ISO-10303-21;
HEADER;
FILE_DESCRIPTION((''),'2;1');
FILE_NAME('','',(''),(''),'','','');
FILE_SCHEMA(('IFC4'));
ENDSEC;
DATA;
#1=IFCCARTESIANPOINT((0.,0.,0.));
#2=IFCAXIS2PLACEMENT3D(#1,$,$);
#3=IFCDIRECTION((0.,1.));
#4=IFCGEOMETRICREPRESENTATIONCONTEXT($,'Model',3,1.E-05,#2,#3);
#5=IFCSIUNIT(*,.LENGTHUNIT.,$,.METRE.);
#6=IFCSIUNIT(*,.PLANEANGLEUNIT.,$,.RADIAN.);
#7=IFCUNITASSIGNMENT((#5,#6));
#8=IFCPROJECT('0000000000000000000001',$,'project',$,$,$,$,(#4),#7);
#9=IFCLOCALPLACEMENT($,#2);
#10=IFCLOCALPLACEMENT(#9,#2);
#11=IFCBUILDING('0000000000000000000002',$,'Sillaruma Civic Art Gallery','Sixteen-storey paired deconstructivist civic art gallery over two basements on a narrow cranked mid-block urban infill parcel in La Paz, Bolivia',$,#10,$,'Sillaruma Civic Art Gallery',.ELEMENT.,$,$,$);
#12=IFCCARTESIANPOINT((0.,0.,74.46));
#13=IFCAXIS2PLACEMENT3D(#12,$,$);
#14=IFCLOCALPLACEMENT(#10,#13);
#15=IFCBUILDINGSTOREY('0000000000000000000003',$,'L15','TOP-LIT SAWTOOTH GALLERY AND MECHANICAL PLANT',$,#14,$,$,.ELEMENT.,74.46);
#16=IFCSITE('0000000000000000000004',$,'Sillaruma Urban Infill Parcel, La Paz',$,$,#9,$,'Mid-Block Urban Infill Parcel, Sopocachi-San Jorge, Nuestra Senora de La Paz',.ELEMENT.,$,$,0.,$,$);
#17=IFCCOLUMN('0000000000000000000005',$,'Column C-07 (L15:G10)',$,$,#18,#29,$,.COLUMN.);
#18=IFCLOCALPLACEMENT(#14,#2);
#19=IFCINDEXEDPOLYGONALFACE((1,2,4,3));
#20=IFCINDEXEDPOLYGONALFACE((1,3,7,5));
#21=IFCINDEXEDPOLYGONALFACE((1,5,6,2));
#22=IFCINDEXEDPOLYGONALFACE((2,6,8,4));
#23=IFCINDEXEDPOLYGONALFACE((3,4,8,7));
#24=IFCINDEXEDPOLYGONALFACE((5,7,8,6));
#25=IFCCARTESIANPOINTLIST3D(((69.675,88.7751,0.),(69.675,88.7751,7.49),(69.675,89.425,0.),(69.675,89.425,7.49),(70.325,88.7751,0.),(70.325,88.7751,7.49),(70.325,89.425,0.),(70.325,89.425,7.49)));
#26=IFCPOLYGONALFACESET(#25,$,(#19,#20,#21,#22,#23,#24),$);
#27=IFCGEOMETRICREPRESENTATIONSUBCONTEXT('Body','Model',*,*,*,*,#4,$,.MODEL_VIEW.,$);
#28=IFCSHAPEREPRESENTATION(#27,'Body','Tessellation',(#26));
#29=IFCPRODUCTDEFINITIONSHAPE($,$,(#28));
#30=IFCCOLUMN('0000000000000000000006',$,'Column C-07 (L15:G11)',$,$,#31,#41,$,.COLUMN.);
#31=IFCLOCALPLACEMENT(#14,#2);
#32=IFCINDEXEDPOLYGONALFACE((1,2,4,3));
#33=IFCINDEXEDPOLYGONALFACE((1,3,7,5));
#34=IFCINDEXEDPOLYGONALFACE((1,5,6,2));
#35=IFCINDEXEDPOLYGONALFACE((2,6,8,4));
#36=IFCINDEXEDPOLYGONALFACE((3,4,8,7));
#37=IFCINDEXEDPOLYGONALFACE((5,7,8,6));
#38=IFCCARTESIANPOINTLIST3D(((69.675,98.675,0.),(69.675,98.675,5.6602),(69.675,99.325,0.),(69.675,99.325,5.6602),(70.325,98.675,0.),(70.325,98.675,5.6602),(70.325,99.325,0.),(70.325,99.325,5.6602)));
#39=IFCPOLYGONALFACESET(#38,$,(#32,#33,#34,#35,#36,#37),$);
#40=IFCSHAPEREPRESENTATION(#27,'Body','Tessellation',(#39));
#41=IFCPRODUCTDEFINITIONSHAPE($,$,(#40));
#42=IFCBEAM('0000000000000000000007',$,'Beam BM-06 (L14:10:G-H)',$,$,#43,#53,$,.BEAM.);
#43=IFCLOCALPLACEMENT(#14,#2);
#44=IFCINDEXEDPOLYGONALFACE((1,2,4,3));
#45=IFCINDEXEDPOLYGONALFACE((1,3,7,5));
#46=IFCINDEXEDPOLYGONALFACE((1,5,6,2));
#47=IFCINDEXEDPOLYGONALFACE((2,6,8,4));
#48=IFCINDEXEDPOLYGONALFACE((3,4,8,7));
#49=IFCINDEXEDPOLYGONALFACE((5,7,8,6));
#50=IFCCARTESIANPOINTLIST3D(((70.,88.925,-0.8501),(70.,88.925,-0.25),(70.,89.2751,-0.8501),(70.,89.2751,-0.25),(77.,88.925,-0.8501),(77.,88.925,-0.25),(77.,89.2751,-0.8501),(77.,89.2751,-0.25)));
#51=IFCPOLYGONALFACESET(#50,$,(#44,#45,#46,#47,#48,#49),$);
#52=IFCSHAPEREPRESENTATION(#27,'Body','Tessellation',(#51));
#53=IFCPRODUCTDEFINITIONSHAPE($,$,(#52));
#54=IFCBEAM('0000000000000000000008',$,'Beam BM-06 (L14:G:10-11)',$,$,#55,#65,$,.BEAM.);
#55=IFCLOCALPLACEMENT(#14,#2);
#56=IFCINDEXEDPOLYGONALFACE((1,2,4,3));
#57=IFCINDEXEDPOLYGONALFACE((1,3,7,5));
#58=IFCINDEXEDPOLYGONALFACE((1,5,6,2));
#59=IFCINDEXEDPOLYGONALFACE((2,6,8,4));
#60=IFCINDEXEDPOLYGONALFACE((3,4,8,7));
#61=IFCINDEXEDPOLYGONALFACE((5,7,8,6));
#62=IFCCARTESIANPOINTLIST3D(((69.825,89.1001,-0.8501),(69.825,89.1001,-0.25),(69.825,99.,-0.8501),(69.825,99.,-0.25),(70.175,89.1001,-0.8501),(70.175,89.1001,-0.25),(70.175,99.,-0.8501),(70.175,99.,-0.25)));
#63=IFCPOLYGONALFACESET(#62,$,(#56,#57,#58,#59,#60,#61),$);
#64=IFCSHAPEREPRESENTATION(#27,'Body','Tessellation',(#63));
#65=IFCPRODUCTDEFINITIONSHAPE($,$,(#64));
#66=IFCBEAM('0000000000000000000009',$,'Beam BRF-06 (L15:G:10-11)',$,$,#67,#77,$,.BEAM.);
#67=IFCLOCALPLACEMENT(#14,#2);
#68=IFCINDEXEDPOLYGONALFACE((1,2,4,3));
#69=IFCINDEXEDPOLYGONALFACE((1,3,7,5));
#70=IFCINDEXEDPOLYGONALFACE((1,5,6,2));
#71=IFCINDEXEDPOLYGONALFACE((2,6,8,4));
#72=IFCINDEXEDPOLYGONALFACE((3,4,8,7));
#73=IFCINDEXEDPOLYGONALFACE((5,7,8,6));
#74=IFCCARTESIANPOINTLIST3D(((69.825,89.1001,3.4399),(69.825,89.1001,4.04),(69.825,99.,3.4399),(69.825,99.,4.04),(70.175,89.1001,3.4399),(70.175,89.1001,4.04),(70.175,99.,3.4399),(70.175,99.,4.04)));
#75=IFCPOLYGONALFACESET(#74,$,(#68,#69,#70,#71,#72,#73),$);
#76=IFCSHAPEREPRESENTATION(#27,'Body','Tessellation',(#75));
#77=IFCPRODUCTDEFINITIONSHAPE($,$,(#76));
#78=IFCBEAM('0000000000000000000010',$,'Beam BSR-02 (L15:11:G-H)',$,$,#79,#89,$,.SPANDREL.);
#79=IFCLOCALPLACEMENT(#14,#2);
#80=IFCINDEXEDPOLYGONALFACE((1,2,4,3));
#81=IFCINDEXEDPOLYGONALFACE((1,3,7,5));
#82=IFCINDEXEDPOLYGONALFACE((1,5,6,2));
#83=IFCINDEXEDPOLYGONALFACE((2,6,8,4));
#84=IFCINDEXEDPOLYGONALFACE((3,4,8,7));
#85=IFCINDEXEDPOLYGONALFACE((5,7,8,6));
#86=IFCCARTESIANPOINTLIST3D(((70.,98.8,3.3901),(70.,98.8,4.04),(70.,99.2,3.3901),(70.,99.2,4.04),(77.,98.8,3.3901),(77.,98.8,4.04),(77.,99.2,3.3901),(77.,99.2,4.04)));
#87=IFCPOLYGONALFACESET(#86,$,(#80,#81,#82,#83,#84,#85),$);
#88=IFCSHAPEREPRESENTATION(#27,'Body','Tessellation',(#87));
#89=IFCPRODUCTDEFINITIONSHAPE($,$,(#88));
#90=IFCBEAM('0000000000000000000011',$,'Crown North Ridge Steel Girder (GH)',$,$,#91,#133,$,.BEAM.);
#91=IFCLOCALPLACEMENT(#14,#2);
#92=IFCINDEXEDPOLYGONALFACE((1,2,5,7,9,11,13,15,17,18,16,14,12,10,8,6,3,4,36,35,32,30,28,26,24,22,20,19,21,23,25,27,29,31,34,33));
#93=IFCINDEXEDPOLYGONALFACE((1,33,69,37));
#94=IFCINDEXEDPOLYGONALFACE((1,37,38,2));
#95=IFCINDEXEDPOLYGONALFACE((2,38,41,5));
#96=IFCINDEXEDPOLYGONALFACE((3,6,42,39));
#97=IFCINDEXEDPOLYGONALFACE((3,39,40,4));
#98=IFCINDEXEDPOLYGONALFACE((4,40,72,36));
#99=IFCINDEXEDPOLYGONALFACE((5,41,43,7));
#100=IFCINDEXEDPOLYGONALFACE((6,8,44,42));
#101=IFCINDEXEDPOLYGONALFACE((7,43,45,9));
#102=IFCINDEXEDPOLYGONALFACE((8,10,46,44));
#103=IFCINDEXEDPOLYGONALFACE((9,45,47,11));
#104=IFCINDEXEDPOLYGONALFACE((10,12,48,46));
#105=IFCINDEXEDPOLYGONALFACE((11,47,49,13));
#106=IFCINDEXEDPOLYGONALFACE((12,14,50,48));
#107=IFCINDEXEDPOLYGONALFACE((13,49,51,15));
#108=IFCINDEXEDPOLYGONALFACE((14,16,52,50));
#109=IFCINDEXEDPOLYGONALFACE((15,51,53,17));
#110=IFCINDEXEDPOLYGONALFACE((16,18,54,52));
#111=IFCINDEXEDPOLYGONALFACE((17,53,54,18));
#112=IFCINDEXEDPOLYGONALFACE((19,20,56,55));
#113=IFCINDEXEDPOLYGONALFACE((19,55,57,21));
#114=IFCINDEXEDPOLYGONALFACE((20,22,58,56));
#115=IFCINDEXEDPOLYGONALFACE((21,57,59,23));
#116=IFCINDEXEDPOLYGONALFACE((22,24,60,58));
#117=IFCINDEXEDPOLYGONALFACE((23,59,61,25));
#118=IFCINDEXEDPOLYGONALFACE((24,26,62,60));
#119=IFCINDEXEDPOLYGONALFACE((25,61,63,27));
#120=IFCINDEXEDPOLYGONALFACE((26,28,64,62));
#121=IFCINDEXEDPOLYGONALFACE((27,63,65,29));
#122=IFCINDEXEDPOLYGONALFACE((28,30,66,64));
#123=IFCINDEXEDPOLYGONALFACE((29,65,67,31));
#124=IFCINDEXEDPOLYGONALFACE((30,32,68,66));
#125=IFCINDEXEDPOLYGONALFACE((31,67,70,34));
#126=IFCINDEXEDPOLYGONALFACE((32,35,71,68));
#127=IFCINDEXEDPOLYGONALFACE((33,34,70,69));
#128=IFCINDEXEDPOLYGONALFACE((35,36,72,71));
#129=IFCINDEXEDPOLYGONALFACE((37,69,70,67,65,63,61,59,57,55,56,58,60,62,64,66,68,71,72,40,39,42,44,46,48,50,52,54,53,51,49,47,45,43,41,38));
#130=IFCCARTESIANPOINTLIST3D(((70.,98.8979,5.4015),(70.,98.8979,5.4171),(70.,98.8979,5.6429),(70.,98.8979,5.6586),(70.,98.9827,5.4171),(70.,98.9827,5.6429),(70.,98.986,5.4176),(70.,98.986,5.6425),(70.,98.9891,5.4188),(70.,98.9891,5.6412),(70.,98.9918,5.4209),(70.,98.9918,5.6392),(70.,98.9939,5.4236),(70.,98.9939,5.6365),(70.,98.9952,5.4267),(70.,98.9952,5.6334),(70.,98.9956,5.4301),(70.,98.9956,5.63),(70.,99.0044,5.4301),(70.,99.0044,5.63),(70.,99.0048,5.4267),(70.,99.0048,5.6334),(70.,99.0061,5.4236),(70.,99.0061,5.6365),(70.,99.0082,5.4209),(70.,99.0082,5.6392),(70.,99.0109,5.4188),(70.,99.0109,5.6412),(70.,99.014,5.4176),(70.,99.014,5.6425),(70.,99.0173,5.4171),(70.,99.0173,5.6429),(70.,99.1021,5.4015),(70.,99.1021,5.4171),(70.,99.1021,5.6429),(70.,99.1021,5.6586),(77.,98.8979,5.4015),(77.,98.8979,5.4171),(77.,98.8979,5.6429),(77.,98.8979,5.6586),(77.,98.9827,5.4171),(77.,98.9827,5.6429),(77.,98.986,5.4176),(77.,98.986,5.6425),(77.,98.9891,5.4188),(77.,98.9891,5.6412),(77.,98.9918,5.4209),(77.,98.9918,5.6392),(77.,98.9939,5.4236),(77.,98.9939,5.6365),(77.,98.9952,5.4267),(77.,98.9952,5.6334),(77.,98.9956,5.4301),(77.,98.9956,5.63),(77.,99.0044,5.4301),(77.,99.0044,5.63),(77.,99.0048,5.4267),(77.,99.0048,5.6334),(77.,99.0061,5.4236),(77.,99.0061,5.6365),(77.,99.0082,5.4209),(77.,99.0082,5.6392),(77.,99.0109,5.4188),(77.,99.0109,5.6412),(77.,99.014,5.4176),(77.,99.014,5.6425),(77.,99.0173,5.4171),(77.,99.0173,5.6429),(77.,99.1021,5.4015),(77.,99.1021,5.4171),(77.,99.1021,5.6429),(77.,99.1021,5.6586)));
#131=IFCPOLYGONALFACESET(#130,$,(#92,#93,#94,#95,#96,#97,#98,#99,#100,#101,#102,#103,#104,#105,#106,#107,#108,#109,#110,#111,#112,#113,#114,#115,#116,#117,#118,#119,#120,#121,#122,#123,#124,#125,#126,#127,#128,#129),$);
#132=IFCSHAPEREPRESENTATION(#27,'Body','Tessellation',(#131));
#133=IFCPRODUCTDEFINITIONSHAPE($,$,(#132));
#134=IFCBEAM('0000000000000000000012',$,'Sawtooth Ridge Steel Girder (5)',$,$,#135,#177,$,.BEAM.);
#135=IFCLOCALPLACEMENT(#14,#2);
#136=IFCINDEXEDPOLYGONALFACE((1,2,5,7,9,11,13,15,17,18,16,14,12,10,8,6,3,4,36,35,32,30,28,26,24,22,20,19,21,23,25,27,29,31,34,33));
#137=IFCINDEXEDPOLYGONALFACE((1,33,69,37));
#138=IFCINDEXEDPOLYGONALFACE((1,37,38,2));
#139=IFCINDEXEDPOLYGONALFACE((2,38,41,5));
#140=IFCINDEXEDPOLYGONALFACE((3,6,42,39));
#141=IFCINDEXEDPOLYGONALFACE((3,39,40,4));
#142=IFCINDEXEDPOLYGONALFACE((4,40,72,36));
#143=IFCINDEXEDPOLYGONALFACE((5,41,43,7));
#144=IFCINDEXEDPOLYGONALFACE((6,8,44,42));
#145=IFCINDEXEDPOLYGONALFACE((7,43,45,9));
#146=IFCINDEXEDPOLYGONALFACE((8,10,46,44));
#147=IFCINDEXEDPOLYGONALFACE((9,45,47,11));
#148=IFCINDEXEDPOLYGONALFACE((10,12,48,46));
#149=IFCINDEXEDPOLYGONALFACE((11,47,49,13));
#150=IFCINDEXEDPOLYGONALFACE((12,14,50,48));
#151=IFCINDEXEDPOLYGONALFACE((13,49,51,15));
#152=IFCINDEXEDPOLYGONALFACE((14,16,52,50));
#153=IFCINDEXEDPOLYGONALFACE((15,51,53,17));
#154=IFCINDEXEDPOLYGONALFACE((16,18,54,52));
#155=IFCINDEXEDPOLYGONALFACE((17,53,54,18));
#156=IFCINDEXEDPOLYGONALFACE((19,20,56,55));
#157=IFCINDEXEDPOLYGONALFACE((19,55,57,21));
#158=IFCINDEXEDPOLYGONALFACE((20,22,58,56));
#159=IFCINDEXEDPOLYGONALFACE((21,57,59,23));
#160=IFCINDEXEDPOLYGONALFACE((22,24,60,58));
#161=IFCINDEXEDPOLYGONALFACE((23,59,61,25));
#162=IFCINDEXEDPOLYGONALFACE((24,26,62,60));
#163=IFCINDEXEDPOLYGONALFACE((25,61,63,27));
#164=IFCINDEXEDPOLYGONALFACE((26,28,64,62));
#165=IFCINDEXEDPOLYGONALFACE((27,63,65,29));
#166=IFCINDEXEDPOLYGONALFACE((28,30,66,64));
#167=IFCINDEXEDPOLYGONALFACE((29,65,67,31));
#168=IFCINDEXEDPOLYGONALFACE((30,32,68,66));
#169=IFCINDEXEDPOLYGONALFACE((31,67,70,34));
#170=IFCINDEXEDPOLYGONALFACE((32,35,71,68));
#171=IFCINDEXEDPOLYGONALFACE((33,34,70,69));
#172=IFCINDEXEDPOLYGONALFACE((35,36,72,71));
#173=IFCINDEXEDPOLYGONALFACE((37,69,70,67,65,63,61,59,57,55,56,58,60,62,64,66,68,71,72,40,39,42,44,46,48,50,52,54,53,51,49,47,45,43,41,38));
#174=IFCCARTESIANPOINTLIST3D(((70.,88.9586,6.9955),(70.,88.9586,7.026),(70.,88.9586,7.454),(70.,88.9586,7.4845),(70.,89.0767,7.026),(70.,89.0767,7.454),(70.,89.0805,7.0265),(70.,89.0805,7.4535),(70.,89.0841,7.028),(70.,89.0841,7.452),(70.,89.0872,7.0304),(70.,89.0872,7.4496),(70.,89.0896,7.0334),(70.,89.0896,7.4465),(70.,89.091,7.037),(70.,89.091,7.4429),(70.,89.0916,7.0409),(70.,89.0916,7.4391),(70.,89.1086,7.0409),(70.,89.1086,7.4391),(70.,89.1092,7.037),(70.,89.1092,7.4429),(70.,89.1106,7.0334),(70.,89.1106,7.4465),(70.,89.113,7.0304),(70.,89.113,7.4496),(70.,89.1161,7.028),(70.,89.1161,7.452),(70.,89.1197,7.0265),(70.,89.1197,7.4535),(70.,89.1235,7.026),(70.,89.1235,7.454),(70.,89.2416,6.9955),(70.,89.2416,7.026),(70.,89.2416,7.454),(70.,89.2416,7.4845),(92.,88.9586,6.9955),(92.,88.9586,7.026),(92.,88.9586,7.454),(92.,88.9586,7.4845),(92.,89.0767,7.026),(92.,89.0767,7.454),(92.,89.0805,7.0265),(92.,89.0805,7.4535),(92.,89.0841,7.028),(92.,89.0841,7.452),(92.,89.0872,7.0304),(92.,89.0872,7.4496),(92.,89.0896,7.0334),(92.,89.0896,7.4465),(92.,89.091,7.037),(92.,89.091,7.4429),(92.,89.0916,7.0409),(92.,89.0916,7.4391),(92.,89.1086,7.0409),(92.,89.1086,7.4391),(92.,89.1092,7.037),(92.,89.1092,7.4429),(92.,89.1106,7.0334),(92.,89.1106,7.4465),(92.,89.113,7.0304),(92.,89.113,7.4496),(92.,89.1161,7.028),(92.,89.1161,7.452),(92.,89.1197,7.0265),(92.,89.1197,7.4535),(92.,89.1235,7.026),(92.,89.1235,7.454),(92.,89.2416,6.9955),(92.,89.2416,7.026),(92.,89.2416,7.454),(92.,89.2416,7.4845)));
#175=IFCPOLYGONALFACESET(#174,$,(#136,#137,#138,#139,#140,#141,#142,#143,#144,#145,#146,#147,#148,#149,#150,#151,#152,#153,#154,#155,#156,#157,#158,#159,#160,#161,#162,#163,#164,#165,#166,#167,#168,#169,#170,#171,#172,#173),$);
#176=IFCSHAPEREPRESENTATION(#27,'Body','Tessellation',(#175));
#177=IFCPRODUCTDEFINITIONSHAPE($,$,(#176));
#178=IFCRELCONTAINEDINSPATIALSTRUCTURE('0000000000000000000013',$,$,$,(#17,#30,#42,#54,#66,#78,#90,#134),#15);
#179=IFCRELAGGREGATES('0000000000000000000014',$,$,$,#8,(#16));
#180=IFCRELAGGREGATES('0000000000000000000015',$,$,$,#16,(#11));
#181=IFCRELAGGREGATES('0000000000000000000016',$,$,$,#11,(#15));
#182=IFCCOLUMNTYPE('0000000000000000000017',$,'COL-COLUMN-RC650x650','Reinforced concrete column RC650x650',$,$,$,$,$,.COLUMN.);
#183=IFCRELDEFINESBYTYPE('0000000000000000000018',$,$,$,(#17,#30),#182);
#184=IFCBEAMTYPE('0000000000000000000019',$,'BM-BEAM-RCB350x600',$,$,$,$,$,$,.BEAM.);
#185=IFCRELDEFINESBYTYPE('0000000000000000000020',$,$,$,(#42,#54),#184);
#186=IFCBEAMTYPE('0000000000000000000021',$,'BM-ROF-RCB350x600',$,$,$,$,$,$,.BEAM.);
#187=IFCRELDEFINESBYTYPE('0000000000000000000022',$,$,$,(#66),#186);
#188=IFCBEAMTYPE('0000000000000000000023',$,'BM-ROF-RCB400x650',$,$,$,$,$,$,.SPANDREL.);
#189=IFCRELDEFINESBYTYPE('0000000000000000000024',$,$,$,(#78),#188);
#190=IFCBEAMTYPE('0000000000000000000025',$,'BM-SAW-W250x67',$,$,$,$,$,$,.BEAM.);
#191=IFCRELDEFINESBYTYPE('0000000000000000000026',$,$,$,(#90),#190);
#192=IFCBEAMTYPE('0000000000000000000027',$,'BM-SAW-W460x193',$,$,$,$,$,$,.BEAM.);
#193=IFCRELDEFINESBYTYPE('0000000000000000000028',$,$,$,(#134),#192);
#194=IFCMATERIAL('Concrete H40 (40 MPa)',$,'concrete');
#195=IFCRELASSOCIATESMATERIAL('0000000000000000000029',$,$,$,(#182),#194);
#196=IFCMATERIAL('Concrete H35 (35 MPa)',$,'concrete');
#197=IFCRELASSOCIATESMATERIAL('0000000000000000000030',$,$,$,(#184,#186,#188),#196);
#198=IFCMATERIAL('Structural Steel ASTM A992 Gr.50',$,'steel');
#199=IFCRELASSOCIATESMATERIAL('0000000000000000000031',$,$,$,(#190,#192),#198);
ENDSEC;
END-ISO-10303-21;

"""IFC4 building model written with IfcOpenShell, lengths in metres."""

from ifc_helpers import new_model, si_unit, direction, frame, origin, origin_2d, place, context, subcontext, project, spatial, rectangle, i_section, extrude, material, material_profile, profile_set, type_object, element, save


model = new_model("IFC4")

# Units and contexts
model_context = context("Model", 3, precision=1e-05, world=origin(), true_north=direction((0.0, 1.0)))
body_context = subcontext(model_context, "Body", "Model", "MODEL_VIEW")
ifc_project = project(units=[si_unit("LENGTHUNIT", "METRE"), si_unit("PLANEANGLEUNIT", "RADIAN")], contexts=[model_context])

# Site, building, storey
site_placement = place(None, origin())
site = spatial("IfcSite", under=ifc_project, at=site_placement, Name="Sillaruma Urban Infill Parcel, La Paz", LongName="Mid-Block Urban Infill Parcel, Sopocachi-San Jorge, Nuestra Senora de La Paz", CompositionType="ELEMENT", RefElevation=0.0)
building_placement = place(site_placement, origin())
building = spatial("IfcBuilding", under=site, at=building_placement, Name="Sillaruma Civic Art Gallery", Description="Sixteen-storey paired deconstructivist civic art gallery over two basements on a narrow cranked mid-block urban infill parcel in La Paz, Bolivia", LongName="Sillaruma Civic Art Gallery", CompositionType="ELEMENT")
storey_placement = place(building_placement, frame((0.0, 0.0, 74.46)))
storey = spatial("IfcBuildingStorey", under=building, at=storey_placement, Name="L15", Description="TOP-LIT SAWTOOTH GALLERY AND MECHANICAL PLANT", CompositionType="ELEMENT", Elevation=74.46)

# Columns
ifc_material_1 = material(Name="Concrete H40 (40 MPa)", Category="concrete")
ifc_material_profile_1 = material_profile(ifc_material_1, rectangle(XDim=0.6499, YDim=0.6499, at=origin_2d()), Name="RC650x650")
ifc_profile_set_1 = profile_set([ifc_material_profile_1], Name="Concrete H40 (40 MPa)")
column_type = type_object("IfcColumnType", Name="COL-COLUMN-RC650x650", Description="Reinforced concrete column RC650x650", PredefinedType="COLUMN", material=ifc_profile_set_1)
column_1_placement = place(storey_placement, frame((70.0, 89.1001, 0.0), z_axis=(0.0, 0.0, 1.0), x_axis=(1.0, 0.0, 0.0)))
element("IfcColumn", 1, at=column_1_placement, inside=storey, type_object=column_type, Name="Column C-07 (L15:G10)", PredefinedType="COLUMN", context=body_context, shape_type="SweptSolid", body=[
    extrude(rectangle(XDim=0.6499, YDim=0.6499, at=origin_2d()), origin(), (0.0, 0.0, 1.0), 7.49),
])
column_2_placement = place(storey_placement, frame((70.0, 99.0, 0.0), z_axis=(0.0, 0.0, 1.0), x_axis=(1.0, 0.0, 0.0)))
element("IfcColumn", 2, at=column_2_placement, inside=storey, type_object=column_type, Name="Column C-07 (L15:G11)", PredefinedType="COLUMN", context=body_context, shape_type="SweptSolid", body=[
    extrude(rectangle(XDim=0.6499, YDim=0.6499, at=origin_2d()), origin(), (0.0, 0.0, 1.0), 5.6602),
])

# Beams
ifc_material_2 = material(Name="Concrete H35 (35 MPa)", Category="concrete")
ifc_material_profile_2 = material_profile(ifc_material_2, rectangle(XDim=0.3501, YDim=0.6001, at=origin_2d()), Name="RCB350x600")
ifc_profile_set_2 = profile_set([ifc_material_profile_2], Name="Concrete H35 (35 MPa)")
beam_type_1 = type_object("IfcBeamType", Name="BM-BEAM-RCB350x600", PredefinedType="BEAM", material=ifc_profile_set_2)
beam_1_placement = place(storey_placement, frame((70.0, 89.1001, -0.55), z_axis=(1.0, 0.0, 0.0), x_axis=(0.0, 1.0, 0.0)))
element("IfcBeam", 3, at=beam_1_placement, inside=storey, type_object=beam_type_1, Name="Beam BM-06 (L14:10:G-H)", PredefinedType="BEAM", context=body_context, shape_type="SweptSolid", body=[
    extrude(rectangle(XDim=0.3501, YDim=0.6001, at=origin_2d()), origin(), (0.0, 0.0, 1.0), 7.0),
])
beam_2_placement = place(storey_placement, frame((70.0, 89.1001, -0.55), z_axis=(0.0, 1.0, 0.0), x_axis=(-1.0, 0.0, 0.0)))
element("IfcBeam", 4, at=beam_2_placement, inside=storey, type_object=beam_type_1, Name="Beam BM-06 (L14:G:10-11)", PredefinedType="BEAM", context=body_context, shape_type="SweptSolid", body=[
    extrude(rectangle(XDim=0.3501, YDim=0.6001, at=origin_2d()), origin(), (0.0, 0.0, 1.0), 9.8999),
])
ifc_material_profile_3 = material_profile(ifc_material_2, rectangle(XDim=0.3501, YDim=0.6001, at=origin_2d()), Name="RCB350x600")
ifc_profile_set_3 = profile_set([ifc_material_profile_3], Name="Concrete H35 (35 MPa)")
beam_type_2 = type_object("IfcBeamType", Name="BM-ROF-RCB350x600", PredefinedType="BEAM", material=ifc_profile_set_3)
beam_3_placement = place(storey_placement, frame((70.0, 89.1001, 3.74), z_axis=(0.0, 1.0, 0.0), x_axis=(-1.0, 0.0, 0.0)))
element("IfcBeam", 5, at=beam_3_placement, inside=storey, type_object=beam_type_2, Name="Beam BRF-06 (L15:G:10-11)", PredefinedType="BEAM", context=body_context, shape_type="SweptSolid", body=[
    extrude(rectangle(XDim=0.3501, YDim=0.6001, at=origin_2d()), origin(), (0.0, 0.0, 1.0), 9.8999),
])
ifc_material_profile_4 = material_profile(ifc_material_2, rectangle(XDim=0.3999, YDim=0.6499, at=origin_2d()), Name="RCB400x650")
ifc_profile_set_4 = profile_set([ifc_material_profile_4], Name="Concrete H35 (35 MPa)")
beam_type_3 = type_object("IfcBeamType", Name="BM-ROF-RCB400x650", PredefinedType="SPANDREL", material=ifc_profile_set_4)
beam_4_placement = place(storey_placement, frame((70.0, 99.0, 3.7151), z_axis=(1.0, 0.0, 0.0), x_axis=(0.0, 1.0, 0.0)))
element("IfcBeam", 6, at=beam_4_placement, inside=storey, type_object=beam_type_3, Name="Beam BSR-02 (L15:11:G-H)", PredefinedType="SPANDREL", context=body_context, shape_type="SweptSolid", body=[
    extrude(rectangle(XDim=0.3999, YDim=0.6499, at=origin_2d()), origin(), (0.0, 0.0, 1.0), 7.0),
])
ifc_material_3 = material(Name="Structural Steel ASTM A992 Gr.50", Category="steel")
ifc_material_profile_5 = material_profile(ifc_material_3, i_section(OverallWidth=0.2041, OverallDepth=0.2571, WebThickness=0.0088, FlangeThickness=0.0156, FilletRadius=0.0129, at=origin_2d()), Name="W250x67")
ifc_profile_set_5 = profile_set([ifc_material_profile_5], Name="Structural Steel ASTM A992 Gr.50")
beam_type_4 = type_object("IfcBeamType", Name="BM-SAW-W250x67", PredefinedType="BEAM", material=ifc_profile_set_5)
beam_5_placement = place(storey_placement, frame((70.0, 99.0, 5.53), z_axis=(1.0, 0.0, 0.0), x_axis=(0.0, 1.0, 0.0)))
element("IfcBeam", 7, at=beam_5_placement, inside=storey, type_object=beam_type_4, Name="Crown North Ridge Steel Girder (GH)", PredefinedType="BEAM", context=body_context, shape_type="SweptSolid", body=[
    extrude(i_section(OverallWidth=0.2041, OverallDepth=0.2571, WebThickness=0.0088, FlangeThickness=0.0156, FilletRadius=0.0129, at=origin_2d()), origin(), (0.0, 0.0, 1.0), 7.0),
])
ifc_material_profile_6 = material_profile(ifc_material_3, i_section(OverallWidth=0.283, OverallDepth=0.489, WebThickness=0.0171, FlangeThickness=0.0305, FilletRadius=0.0149, at=origin_2d()), Name="W460x193")
ifc_profile_set_6 = profile_set([ifc_material_profile_6], Name="Structural Steel ASTM A992 Gr.50")
beam_type_5 = type_object("IfcBeamType", Name="BM-SAW-W460x193", PredefinedType="BEAM", material=ifc_profile_set_6)
beam_6_placement = place(storey_placement, frame((70.0, 89.1001, 7.24), z_axis=(1.0, 0.0, 0.0), x_axis=(0.0, 1.0, 0.0)))
element("IfcBeam", 8, at=beam_6_placement, inside=storey, type_object=beam_type_5, Name="Sawtooth Ridge Steel Girder (5)", PredefinedType="BEAM", context=body_context, shape_type="SweptSolid", body=[
    extrude(i_section(OverallWidth=0.283, OverallDepth=0.489, WebThickness=0.0171, FlangeThickness=0.0305, FilletRadius=0.0149, at=origin_2d()), origin(), (0.0, 0.0, 1.0), 22.0),
])

save(model, "model.ifc")
